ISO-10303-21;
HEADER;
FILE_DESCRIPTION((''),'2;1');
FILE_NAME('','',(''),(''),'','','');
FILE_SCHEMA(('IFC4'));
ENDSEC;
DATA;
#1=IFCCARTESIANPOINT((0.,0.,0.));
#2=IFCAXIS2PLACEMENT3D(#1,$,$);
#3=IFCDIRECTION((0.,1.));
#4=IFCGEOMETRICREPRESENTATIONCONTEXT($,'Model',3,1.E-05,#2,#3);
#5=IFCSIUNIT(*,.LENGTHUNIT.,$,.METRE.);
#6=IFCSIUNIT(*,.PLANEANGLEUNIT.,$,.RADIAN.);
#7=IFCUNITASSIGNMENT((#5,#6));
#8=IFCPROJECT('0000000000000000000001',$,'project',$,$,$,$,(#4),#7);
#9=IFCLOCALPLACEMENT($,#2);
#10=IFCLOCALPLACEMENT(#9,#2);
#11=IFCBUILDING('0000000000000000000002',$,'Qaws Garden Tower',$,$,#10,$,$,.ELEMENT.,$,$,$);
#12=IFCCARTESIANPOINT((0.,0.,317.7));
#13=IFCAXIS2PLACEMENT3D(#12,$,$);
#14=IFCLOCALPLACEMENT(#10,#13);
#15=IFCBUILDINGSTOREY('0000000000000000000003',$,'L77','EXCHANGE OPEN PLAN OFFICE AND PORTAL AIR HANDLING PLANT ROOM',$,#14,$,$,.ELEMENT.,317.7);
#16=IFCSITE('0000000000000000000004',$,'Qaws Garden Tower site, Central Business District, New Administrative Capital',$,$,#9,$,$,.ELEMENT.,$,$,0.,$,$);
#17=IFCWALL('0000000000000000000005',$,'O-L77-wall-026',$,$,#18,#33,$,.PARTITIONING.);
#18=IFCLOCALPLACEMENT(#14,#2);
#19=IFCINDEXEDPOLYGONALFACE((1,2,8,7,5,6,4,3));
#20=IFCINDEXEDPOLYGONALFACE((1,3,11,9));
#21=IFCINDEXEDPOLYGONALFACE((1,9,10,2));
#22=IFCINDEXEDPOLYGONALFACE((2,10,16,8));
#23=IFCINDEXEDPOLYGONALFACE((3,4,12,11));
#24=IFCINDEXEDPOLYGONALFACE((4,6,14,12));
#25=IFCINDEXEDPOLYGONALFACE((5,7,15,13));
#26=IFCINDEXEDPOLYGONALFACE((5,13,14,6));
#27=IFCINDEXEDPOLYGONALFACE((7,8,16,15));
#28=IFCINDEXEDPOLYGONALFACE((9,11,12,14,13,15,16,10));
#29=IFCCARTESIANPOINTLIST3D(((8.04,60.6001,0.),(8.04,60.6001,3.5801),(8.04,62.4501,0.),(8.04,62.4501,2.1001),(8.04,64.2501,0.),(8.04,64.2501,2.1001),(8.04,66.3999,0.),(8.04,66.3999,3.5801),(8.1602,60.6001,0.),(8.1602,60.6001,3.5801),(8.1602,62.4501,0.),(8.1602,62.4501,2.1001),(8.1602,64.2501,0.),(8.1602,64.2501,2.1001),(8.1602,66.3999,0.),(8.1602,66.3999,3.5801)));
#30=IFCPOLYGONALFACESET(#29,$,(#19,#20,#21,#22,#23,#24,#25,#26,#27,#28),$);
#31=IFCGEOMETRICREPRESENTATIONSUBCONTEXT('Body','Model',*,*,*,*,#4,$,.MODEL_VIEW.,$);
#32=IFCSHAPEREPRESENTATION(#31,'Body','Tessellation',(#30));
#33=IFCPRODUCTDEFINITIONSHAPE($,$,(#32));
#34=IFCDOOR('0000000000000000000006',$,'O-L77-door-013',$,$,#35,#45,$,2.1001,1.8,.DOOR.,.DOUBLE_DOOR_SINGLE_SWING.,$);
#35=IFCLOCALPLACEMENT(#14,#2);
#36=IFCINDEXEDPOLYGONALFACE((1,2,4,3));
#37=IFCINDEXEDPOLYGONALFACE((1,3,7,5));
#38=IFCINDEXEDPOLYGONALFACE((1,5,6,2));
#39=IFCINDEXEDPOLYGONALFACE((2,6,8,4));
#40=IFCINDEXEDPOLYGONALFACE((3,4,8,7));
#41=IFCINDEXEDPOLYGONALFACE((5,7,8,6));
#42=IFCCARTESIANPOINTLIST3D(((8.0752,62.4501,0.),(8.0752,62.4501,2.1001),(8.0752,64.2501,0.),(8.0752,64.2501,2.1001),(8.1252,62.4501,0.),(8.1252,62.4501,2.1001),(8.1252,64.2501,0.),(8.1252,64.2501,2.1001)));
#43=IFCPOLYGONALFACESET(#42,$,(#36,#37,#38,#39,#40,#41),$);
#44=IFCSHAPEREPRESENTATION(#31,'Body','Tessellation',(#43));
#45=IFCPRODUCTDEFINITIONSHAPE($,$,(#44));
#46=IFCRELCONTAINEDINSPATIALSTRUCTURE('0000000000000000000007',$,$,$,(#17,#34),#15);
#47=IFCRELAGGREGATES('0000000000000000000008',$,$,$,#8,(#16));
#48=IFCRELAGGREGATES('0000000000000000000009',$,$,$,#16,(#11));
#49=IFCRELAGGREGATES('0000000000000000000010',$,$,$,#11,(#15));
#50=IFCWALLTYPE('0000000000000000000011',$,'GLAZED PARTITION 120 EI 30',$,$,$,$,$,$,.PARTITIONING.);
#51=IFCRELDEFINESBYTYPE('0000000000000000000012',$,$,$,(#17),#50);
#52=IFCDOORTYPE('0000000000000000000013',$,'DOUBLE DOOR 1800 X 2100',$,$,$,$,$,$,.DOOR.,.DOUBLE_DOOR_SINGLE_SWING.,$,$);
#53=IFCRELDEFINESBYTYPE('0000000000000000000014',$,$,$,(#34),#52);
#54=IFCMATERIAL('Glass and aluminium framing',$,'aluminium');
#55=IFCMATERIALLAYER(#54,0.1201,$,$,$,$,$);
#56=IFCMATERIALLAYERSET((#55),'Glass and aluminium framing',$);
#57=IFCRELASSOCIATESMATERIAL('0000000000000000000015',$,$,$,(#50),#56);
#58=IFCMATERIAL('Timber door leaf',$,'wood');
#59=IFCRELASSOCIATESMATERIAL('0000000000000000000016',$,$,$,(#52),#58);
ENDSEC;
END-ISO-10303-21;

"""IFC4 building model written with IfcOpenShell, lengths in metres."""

from ifc_helpers import new_model, si_unit, direction, frame, frame_2d, origin, place, context, subcontext, project, spatial, rectangle, extrude, material, layer, layer_set, type_object, element, fill, save


model = new_model("IFC4")

# Units and contexts
model_context = context("Model", 3, precision=1e-05, world=origin(), true_north=direction((0.0, 1.0)))
body_context = subcontext(model_context, "Body", "Model", "MODEL_VIEW")
ifc_project = project(units=[si_unit("LENGTHUNIT", "METRE"), si_unit("PLANEANGLEUNIT", "RADIAN")], contexts=[model_context])

# Site, building, storey
site_placement = place(None, origin())
site = spatial("IfcSite", under=ifc_project, at=site_placement, Name="Qaws Garden Tower site, Central Business District, New Administrative Capital", CompositionType="ELEMENT", RefElevation=0.0)
building_placement = place(site_placement, origin())
building = spatial("IfcBuilding", under=site, at=building_placement, Name="Qaws Garden Tower", CompositionType="ELEMENT")
storey_placement = place(building_placement, frame((0.0, 0.0, 317.7)))
storey = spatial("IfcBuildingStorey", under=building, at=storey_placement, Name="L77", Description="EXCHANGE OPEN PLAN OFFICE AND PORTAL AIR HANDLING PLANT ROOM", CompositionType="ELEMENT", Elevation=317.7)

# Wall, opening, door
ifc_material_1 = material(Name="Glass and aluminium framing", Category="aluminium")
ifc_layer_1 = layer(ifc_material_1, 0.1201)
ifc_layer_set_1 = layer_set([ifc_layer_1], Name="Glass and aluminium framing")
wall_type_1 = type_object("IfcWallType", Name="GLAZED PARTITION 120 EI 30", PredefinedType="PARTITIONING", material=ifc_layer_set_1)
wall_1_placement = place(storey_placement, frame((8.1001, 60.6001, 0.0), z_axis=(0.0, 0.0, 1.0), x_axis=(0.0, 1.0, 0.0)))
wall_1 = element("IfcWall", 1, at=wall_1_placement, inside=storey, type_object=wall_type_1, Name="O-L77-wall-026", PredefinedType="PARTITIONING", context=body_context, shape_type="SweptSolid", body=[
    extrude(rectangle(XDim=5.7998, YDim=0.1201, at=frame_2d((2.8999, 0.0))), origin(), (0.0, 0.0, 1.0), 3.5801),
])
opening_1_placement = place(wall_1_placement, frame((1.8501, 0.0, 0.0)))
opening_1 = element("IfcOpeningElement", 2, at=opening_1_placement, cuts=wall_1, PredefinedType="OPENING", context=body_context, shape_type="SweptSolid", body=[
    extrude(rectangle(XDim=1.8, YDim=2.1001, at=frame_2d((0.8999, 1.05))), frame((0.0, 0.0701, 0.0), z_axis=(0.0, -1.0, 0.0), x_axis=(1.0, 0.0, 0.0)), (0.0, 0.0, 1.0), 0.1401),
])
ifc_material_2 = material(Name="Timber door leaf", Category="wood")
door_type = type_object("IfcDoorType", Name="DOUBLE DOOR 1800 X 2100", OperationType="DOUBLE_DOOR_SINGLE_SWING", PredefinedType="DOOR", material=ifc_material_2)
door_placement = place(opening_1_placement, origin())
door = element("IfcDoor", 3, at=door_placement, inside=storey, type_object=door_type, Name="O-L77-door-013", OperationType="DOUBLE_DOOR_SINGLE_SWING", OverallHeight=2.1001, OverallWidth=1.8, PredefinedType="DOOR", context=body_context, shape_type="SweptSolid", body=[
    extrude(rectangle(XDim=1.8, YDim=2.1001, at=frame_2d((0.8999, 1.05))), frame((0.0, 0.0249, 0.0), z_axis=(0.0, -1.0, 0.0), x_axis=(1.0, 0.0, 0.0)), (0.0, 0.0, 1.0), 0.05),
])
fill(opening_1, door)

save(model, "model.ifc")
